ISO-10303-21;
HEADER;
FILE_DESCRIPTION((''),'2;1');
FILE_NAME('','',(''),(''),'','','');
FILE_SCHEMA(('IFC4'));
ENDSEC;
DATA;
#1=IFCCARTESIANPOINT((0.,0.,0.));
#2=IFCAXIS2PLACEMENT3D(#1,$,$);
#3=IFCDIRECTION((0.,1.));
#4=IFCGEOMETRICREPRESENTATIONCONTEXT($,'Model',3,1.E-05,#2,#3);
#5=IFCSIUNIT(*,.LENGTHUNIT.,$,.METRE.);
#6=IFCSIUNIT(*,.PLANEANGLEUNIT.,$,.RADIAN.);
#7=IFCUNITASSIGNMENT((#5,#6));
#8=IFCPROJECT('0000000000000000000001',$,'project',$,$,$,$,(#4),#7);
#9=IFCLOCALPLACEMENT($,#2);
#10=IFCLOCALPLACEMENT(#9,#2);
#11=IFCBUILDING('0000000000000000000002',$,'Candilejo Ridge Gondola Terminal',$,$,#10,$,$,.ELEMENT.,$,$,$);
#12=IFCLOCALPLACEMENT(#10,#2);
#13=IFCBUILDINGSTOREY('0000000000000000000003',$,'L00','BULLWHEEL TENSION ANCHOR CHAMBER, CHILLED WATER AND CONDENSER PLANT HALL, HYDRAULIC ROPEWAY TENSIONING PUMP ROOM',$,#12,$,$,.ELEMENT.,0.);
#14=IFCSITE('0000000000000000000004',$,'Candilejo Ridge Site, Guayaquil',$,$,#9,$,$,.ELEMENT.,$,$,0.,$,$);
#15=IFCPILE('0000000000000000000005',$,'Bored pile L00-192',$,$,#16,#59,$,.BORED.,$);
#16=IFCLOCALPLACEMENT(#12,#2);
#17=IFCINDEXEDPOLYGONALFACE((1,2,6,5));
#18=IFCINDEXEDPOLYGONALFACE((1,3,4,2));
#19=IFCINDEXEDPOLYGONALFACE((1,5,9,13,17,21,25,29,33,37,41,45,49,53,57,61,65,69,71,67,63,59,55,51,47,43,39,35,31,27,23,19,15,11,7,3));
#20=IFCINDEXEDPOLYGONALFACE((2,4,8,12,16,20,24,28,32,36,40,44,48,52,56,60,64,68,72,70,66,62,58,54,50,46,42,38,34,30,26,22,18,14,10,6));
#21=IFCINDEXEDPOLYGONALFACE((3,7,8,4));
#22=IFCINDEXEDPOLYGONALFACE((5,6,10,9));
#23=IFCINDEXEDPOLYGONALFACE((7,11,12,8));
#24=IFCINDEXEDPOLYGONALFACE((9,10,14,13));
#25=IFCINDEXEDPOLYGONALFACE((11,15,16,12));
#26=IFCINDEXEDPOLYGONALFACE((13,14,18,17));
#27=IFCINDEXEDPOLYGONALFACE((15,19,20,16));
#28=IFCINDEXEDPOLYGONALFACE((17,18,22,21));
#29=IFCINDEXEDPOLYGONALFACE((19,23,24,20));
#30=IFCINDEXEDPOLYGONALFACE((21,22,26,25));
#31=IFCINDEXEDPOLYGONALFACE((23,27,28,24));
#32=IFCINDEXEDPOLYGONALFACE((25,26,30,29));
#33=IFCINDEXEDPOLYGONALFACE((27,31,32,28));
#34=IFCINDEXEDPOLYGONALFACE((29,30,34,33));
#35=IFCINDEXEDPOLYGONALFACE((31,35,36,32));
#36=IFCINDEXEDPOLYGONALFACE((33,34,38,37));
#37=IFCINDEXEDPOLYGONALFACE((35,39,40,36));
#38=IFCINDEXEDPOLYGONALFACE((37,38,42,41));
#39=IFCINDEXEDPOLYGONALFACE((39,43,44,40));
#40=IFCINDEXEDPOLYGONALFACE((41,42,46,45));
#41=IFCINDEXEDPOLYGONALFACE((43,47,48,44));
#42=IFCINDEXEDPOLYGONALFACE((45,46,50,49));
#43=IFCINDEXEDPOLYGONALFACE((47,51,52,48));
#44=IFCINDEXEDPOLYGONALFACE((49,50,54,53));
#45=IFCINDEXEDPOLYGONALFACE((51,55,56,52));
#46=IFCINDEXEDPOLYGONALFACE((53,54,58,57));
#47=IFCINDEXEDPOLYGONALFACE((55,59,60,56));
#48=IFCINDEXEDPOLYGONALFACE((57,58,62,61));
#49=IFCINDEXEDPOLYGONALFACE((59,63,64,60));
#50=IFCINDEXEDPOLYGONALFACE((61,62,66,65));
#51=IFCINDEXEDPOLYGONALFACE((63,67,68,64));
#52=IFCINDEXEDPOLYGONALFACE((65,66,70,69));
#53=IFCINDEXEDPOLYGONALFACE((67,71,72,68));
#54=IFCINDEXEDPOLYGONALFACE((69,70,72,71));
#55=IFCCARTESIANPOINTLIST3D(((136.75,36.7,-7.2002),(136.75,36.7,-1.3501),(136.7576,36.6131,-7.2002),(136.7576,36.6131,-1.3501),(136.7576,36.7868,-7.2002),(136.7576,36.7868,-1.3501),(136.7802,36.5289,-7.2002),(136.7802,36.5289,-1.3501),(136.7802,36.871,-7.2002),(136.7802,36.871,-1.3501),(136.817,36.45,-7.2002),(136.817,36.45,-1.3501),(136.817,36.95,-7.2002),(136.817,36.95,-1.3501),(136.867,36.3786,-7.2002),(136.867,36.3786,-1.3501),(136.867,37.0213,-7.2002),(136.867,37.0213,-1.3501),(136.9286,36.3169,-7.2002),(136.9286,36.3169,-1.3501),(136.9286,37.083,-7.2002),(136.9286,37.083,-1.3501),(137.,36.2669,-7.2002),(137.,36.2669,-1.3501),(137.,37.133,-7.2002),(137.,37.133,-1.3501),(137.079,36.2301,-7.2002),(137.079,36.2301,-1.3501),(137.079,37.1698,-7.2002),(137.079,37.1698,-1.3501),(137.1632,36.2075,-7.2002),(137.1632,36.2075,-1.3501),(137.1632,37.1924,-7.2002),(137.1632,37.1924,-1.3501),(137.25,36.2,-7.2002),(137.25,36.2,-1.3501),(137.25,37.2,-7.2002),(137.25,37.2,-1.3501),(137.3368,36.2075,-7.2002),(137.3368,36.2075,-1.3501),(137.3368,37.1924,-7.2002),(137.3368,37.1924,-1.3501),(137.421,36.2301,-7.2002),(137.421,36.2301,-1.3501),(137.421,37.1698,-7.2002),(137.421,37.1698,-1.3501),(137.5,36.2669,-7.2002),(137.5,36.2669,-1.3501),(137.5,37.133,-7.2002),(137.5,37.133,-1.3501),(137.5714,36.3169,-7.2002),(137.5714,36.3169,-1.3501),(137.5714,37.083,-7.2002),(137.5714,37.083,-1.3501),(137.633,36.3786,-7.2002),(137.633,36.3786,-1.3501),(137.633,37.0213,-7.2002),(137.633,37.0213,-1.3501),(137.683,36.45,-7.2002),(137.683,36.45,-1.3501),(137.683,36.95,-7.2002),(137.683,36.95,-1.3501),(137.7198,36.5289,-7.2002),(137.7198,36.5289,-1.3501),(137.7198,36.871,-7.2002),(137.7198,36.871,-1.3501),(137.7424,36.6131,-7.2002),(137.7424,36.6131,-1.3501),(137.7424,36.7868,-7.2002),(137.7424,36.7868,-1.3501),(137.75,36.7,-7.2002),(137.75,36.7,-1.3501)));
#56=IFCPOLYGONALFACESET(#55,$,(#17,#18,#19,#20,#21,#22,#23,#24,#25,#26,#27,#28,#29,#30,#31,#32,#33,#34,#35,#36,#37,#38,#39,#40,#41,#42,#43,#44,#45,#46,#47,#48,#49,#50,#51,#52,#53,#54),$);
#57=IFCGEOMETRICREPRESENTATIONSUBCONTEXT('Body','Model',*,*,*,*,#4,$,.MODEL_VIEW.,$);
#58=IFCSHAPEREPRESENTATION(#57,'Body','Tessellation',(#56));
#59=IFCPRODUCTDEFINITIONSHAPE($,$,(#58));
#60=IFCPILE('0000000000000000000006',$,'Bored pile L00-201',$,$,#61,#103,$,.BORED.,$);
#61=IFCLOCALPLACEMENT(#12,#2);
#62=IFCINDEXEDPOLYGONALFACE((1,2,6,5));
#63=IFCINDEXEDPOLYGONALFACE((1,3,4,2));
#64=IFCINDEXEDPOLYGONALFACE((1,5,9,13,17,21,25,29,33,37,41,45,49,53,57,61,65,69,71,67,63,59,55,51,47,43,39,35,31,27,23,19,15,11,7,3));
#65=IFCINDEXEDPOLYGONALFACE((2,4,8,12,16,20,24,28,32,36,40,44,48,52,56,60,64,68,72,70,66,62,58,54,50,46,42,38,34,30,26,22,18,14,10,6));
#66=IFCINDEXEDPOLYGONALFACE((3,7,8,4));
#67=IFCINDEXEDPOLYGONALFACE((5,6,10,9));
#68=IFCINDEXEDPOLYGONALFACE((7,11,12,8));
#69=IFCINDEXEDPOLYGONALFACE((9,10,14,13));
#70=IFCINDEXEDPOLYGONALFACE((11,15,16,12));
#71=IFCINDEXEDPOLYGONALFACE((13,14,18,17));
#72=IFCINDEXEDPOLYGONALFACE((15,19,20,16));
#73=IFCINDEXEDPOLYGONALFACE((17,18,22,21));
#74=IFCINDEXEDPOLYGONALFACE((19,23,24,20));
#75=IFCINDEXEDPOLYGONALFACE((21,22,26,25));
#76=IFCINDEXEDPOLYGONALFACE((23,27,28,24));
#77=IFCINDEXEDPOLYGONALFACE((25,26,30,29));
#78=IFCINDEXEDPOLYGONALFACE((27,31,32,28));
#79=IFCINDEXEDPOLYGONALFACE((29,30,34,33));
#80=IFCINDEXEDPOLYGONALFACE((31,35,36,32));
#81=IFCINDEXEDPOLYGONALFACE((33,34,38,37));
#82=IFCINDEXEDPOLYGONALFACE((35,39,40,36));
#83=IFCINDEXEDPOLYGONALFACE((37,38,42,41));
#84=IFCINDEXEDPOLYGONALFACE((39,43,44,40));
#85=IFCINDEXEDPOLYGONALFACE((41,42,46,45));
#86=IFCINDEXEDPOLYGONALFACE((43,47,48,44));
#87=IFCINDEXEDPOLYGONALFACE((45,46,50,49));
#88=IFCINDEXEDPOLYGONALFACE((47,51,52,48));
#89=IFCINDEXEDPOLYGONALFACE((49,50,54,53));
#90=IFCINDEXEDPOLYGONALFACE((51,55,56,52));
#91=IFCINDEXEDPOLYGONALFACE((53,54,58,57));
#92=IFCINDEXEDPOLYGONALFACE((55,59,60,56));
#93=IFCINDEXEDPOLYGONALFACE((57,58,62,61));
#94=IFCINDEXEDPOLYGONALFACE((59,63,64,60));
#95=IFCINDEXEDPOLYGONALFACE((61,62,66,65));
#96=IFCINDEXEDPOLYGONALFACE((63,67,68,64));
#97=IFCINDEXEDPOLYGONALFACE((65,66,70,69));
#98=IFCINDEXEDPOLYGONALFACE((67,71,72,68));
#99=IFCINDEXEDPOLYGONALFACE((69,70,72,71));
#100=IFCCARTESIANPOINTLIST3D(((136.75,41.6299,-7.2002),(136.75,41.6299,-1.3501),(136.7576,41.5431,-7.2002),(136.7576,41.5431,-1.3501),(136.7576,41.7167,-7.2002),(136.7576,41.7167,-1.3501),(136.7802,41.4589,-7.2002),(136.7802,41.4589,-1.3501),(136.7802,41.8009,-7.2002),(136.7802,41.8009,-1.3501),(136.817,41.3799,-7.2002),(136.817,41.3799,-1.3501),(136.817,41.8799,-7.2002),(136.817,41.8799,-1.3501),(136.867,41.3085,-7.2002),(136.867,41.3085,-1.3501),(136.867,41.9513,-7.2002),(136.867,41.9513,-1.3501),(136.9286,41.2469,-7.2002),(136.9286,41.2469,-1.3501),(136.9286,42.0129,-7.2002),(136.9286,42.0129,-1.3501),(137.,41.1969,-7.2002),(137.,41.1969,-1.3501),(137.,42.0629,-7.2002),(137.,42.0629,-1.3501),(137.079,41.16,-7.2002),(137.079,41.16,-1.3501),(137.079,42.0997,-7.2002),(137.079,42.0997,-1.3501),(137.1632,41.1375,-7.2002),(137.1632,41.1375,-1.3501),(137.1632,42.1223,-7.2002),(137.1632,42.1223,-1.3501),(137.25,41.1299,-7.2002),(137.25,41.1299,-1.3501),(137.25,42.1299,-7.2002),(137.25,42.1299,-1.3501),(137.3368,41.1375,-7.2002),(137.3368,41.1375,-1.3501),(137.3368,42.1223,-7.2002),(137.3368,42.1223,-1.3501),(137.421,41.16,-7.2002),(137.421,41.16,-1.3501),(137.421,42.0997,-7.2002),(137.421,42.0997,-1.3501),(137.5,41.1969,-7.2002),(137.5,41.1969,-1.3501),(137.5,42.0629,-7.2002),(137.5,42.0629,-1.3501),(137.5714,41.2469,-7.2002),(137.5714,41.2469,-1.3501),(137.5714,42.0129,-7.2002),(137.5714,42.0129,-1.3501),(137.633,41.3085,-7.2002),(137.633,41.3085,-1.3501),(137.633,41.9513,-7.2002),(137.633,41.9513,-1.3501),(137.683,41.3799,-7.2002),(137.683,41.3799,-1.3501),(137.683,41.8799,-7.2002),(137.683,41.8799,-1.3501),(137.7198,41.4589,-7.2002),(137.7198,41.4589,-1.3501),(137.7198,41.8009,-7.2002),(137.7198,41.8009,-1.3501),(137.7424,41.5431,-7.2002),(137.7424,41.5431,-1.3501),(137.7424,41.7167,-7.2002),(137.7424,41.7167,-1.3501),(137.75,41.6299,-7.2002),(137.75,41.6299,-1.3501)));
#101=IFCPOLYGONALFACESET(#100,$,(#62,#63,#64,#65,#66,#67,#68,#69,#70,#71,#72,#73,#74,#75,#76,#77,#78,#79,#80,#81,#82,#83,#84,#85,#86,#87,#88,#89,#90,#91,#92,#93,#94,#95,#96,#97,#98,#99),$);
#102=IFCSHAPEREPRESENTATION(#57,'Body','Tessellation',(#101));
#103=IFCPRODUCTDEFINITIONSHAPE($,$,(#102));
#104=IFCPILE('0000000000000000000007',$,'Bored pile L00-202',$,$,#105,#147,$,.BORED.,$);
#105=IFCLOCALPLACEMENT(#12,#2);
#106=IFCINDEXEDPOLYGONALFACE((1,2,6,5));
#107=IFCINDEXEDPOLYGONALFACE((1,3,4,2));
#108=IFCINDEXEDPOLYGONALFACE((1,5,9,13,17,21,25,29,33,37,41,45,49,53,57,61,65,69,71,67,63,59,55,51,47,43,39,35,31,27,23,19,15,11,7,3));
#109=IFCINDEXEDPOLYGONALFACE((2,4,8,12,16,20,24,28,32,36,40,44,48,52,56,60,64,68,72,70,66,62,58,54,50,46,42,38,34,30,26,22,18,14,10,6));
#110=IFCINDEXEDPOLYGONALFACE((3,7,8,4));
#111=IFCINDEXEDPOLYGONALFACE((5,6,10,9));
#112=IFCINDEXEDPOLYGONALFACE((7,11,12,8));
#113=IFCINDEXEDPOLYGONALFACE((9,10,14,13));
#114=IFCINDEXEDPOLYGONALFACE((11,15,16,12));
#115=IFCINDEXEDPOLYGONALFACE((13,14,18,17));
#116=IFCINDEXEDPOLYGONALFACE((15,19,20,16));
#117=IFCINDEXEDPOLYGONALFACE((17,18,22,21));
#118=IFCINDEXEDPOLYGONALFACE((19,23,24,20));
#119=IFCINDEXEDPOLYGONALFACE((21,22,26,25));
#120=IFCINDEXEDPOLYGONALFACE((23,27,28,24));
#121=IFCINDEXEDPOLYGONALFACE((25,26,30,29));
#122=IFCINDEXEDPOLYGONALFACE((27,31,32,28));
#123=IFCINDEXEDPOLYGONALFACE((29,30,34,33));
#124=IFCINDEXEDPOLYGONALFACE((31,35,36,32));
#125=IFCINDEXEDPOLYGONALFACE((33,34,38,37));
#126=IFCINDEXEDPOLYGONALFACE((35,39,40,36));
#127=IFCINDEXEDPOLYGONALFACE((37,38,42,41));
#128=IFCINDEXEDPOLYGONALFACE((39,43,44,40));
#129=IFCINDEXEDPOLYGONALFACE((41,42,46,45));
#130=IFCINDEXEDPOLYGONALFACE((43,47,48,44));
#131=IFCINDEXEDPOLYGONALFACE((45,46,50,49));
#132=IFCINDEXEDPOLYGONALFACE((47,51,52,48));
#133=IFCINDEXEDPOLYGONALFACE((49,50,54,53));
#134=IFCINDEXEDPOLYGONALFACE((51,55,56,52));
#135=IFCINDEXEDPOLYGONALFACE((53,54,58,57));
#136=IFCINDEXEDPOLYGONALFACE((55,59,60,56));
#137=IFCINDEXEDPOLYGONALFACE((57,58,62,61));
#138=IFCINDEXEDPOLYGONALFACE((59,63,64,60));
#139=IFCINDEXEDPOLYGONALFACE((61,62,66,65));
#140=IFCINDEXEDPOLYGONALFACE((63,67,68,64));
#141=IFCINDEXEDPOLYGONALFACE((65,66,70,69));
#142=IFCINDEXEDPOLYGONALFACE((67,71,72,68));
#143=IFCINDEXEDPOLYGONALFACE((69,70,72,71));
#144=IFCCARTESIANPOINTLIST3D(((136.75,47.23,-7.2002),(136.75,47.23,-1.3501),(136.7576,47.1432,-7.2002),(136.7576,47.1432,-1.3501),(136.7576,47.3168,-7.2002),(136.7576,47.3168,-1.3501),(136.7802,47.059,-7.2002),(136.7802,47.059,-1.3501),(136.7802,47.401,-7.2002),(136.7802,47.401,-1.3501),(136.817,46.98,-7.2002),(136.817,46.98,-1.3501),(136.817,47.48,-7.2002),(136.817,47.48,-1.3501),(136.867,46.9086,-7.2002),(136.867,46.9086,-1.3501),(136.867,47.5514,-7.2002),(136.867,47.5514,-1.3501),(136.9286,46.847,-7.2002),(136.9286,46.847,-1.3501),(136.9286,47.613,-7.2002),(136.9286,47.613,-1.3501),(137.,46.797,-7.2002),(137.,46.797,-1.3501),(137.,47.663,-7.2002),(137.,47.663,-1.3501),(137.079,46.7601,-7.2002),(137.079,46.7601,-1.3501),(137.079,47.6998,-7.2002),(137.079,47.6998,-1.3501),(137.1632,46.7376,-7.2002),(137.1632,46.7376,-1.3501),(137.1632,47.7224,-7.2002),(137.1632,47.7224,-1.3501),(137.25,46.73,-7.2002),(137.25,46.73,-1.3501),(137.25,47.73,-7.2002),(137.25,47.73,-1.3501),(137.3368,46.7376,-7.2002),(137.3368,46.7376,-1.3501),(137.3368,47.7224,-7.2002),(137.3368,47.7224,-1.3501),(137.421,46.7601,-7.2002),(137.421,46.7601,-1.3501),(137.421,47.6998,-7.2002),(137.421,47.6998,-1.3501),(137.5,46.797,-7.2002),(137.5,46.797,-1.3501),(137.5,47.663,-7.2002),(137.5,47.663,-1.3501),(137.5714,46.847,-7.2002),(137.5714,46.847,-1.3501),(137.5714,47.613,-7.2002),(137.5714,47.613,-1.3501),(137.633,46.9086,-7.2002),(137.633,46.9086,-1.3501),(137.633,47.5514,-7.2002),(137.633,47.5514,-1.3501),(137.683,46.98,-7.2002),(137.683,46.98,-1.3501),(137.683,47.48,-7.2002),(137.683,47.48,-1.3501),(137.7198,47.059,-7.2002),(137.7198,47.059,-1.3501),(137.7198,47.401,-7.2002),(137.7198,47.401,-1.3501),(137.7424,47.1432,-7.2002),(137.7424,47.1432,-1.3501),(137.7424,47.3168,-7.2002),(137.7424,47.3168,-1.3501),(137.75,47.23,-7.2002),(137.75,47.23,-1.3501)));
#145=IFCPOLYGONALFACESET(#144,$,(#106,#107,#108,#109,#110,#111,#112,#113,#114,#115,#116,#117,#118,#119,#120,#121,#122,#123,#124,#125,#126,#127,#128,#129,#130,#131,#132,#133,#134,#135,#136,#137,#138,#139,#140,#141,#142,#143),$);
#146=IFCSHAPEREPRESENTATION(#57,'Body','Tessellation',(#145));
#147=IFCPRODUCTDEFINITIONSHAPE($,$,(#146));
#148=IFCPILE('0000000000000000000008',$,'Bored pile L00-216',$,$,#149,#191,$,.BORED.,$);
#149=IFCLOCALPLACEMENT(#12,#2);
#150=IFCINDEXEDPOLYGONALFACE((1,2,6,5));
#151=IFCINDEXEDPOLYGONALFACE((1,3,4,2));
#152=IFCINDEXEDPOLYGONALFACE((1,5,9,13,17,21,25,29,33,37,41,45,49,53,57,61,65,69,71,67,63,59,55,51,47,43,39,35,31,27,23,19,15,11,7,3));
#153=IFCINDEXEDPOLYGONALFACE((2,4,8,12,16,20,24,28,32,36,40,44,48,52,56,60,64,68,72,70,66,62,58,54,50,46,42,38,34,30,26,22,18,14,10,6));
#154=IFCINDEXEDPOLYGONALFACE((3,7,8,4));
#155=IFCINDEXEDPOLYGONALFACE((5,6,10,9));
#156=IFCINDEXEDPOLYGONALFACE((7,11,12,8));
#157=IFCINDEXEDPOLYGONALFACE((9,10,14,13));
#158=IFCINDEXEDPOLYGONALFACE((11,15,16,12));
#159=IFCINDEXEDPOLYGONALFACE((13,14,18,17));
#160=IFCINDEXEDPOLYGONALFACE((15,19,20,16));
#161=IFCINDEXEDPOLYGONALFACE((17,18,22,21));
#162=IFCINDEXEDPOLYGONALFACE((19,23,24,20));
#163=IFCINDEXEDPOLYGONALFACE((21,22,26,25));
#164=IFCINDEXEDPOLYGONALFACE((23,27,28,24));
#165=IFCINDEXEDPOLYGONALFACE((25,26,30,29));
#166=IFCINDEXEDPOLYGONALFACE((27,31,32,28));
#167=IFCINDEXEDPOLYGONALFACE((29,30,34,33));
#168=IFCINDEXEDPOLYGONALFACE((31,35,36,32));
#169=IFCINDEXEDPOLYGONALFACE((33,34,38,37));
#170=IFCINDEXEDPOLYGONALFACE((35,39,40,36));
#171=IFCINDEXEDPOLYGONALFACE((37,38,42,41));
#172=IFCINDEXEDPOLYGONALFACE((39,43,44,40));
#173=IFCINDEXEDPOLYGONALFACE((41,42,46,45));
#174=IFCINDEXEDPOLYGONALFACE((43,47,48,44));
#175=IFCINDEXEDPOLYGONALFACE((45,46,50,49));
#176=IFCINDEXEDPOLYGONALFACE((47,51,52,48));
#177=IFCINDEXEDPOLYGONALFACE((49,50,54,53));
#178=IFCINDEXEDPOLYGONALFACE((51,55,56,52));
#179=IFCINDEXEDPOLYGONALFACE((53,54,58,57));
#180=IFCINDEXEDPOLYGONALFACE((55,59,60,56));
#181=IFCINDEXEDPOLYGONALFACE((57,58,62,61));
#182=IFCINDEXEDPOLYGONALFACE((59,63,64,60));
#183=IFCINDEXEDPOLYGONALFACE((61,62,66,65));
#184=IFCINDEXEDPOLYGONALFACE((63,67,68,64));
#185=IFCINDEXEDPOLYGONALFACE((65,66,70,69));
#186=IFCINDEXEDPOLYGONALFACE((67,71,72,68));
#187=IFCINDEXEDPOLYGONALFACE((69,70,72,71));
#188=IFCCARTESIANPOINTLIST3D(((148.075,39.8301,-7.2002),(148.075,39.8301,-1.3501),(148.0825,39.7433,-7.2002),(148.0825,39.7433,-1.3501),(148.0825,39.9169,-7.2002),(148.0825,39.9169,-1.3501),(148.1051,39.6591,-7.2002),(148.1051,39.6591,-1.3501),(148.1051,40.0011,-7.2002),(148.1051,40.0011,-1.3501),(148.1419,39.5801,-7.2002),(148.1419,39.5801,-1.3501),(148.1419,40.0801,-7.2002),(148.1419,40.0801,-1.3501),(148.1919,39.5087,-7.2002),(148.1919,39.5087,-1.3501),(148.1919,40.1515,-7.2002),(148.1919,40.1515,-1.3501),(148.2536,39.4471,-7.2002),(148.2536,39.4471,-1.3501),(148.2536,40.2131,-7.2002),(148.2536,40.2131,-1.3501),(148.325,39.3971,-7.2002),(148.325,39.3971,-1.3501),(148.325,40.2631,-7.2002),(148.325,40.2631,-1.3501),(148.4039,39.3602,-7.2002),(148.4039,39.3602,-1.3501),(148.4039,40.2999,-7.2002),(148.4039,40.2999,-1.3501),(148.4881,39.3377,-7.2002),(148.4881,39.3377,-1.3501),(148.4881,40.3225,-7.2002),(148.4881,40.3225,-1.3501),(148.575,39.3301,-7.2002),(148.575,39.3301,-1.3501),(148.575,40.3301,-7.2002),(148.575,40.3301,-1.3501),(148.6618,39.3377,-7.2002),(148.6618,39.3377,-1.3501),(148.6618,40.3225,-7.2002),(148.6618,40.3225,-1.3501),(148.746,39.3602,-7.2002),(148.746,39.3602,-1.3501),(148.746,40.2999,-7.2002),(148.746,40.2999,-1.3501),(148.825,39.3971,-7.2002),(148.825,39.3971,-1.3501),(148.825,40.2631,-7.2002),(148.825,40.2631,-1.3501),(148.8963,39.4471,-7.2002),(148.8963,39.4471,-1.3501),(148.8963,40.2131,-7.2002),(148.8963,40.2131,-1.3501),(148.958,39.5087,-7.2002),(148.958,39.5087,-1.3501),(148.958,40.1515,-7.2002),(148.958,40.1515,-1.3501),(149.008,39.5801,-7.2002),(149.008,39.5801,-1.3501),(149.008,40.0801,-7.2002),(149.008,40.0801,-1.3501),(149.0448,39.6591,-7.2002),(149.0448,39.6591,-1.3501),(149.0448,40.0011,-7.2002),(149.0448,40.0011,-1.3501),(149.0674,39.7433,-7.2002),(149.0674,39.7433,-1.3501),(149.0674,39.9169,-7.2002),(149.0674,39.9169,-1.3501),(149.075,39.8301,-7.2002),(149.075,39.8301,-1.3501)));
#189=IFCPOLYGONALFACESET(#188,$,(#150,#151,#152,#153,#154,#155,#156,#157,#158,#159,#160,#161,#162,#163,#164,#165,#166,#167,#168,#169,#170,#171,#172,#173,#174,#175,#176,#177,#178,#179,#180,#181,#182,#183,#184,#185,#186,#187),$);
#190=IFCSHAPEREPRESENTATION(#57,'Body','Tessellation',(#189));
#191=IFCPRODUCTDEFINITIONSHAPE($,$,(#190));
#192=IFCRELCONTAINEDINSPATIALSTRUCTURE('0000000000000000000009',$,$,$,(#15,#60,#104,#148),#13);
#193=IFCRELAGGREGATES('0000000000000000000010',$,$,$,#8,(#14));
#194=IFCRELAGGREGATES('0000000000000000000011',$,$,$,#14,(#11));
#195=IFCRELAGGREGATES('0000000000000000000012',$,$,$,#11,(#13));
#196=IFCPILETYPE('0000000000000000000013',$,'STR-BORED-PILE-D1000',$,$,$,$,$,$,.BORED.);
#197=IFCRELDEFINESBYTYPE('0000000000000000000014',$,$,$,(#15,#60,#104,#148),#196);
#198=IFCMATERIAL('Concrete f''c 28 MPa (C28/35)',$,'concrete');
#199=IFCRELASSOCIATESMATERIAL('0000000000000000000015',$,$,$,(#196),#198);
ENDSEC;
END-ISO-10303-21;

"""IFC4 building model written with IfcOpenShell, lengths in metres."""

from ifc_helpers import new_model, si_unit, direction, frame, origin, origin_2d, place, context, subcontext, project, spatial, circle, extrude, material, material_profile, profile_set, type_object, element, save


model = new_model("IFC4")

# Units and contexts
model_context = context("Model", 3, precision=1e-05, world=origin(), true_north=direction((0.0, 1.0)))
body_context = subcontext(model_context, "Body", "Model", "MODEL_VIEW")
ifc_project = project(units=[si_unit("LENGTHUNIT", "METRE"), si_unit("PLANEANGLEUNIT", "RADIAN")], contexts=[model_context])

# Site, building, storey
site_placement = place(None, origin())
site = spatial("IfcSite", under=ifc_project, at=site_placement, Name="Candilejo Ridge Site, Guayaquil", CompositionType="ELEMENT", RefElevation=0.0)
building_placement = place(site_placement, origin())
building = spatial("IfcBuilding", under=site, at=building_placement, Name="Candilejo Ridge Gondola Terminal", CompositionType="ELEMENT")
storey_placement = place(building_placement, origin())
storey = spatial("IfcBuildingStorey", under=building, at=storey_placement, Name="L00", Description="BULLWHEEL TENSION ANCHOR CHAMBER, CHILLED WATER AND CONDENSER PLANT HALL, HYDRAULIC ROPEWAY TENSIONING PUMP ROOM", CompositionType="ELEMENT", Elevation=0.0)

# Piles
ifc_material_1 = material(Name="Concrete f'c 28 MPa (C28/35)", Category="concrete")
ifc_material_profile_1 = material_profile(ifc_material_1, circle(Radius=0.5, at=origin_2d()))
ifc_profile_set_1 = profile_set([ifc_material_profile_1], Name="Concrete f'c 28 MPa (C28/35)")
pile_type = type_object("IfcPileType", Name="STR-BORED-PILE-D1000", PredefinedType="BORED", material=ifc_profile_set_1)
for number, where, z_axis, x_axis, name in (
    (1, (137.25, 36.7, -1.3501), (0.0, 0.0, -1.0), (1.0, 0.0, 0.0), "Bored pile L00-192"),
    (2, (137.25, 41.6299, -1.3501), (0.0, 0.0, -1.0), (1.0, 0.0, 0.0), "Bored pile L00-201"),
    (3, (137.25, 47.23, -1.3501), (0.0, 0.0, -1.0), (1.0, 0.0, 0.0), "Bored pile L00-202"),
    (4, (148.575, 39.8301, -1.3501), (0.0, 0.0, -1.0), (1.0, 0.0, 0.0), "Bored pile L00-216"),
):
    element("IfcPile", number, at=place(storey_placement, frame(where, z_axis=z_axis, x_axis=x_axis)), inside=storey, type_object=pile_type, Name=name, PredefinedType="BORED", context=body_context, shape_type="SweptSolid", body=[
        extrude(circle(Radius=0.5, at=origin_2d()), origin(), (0.0, 0.0, 1.0), 5.8501),
    ])

save(model, "model.ifc")
